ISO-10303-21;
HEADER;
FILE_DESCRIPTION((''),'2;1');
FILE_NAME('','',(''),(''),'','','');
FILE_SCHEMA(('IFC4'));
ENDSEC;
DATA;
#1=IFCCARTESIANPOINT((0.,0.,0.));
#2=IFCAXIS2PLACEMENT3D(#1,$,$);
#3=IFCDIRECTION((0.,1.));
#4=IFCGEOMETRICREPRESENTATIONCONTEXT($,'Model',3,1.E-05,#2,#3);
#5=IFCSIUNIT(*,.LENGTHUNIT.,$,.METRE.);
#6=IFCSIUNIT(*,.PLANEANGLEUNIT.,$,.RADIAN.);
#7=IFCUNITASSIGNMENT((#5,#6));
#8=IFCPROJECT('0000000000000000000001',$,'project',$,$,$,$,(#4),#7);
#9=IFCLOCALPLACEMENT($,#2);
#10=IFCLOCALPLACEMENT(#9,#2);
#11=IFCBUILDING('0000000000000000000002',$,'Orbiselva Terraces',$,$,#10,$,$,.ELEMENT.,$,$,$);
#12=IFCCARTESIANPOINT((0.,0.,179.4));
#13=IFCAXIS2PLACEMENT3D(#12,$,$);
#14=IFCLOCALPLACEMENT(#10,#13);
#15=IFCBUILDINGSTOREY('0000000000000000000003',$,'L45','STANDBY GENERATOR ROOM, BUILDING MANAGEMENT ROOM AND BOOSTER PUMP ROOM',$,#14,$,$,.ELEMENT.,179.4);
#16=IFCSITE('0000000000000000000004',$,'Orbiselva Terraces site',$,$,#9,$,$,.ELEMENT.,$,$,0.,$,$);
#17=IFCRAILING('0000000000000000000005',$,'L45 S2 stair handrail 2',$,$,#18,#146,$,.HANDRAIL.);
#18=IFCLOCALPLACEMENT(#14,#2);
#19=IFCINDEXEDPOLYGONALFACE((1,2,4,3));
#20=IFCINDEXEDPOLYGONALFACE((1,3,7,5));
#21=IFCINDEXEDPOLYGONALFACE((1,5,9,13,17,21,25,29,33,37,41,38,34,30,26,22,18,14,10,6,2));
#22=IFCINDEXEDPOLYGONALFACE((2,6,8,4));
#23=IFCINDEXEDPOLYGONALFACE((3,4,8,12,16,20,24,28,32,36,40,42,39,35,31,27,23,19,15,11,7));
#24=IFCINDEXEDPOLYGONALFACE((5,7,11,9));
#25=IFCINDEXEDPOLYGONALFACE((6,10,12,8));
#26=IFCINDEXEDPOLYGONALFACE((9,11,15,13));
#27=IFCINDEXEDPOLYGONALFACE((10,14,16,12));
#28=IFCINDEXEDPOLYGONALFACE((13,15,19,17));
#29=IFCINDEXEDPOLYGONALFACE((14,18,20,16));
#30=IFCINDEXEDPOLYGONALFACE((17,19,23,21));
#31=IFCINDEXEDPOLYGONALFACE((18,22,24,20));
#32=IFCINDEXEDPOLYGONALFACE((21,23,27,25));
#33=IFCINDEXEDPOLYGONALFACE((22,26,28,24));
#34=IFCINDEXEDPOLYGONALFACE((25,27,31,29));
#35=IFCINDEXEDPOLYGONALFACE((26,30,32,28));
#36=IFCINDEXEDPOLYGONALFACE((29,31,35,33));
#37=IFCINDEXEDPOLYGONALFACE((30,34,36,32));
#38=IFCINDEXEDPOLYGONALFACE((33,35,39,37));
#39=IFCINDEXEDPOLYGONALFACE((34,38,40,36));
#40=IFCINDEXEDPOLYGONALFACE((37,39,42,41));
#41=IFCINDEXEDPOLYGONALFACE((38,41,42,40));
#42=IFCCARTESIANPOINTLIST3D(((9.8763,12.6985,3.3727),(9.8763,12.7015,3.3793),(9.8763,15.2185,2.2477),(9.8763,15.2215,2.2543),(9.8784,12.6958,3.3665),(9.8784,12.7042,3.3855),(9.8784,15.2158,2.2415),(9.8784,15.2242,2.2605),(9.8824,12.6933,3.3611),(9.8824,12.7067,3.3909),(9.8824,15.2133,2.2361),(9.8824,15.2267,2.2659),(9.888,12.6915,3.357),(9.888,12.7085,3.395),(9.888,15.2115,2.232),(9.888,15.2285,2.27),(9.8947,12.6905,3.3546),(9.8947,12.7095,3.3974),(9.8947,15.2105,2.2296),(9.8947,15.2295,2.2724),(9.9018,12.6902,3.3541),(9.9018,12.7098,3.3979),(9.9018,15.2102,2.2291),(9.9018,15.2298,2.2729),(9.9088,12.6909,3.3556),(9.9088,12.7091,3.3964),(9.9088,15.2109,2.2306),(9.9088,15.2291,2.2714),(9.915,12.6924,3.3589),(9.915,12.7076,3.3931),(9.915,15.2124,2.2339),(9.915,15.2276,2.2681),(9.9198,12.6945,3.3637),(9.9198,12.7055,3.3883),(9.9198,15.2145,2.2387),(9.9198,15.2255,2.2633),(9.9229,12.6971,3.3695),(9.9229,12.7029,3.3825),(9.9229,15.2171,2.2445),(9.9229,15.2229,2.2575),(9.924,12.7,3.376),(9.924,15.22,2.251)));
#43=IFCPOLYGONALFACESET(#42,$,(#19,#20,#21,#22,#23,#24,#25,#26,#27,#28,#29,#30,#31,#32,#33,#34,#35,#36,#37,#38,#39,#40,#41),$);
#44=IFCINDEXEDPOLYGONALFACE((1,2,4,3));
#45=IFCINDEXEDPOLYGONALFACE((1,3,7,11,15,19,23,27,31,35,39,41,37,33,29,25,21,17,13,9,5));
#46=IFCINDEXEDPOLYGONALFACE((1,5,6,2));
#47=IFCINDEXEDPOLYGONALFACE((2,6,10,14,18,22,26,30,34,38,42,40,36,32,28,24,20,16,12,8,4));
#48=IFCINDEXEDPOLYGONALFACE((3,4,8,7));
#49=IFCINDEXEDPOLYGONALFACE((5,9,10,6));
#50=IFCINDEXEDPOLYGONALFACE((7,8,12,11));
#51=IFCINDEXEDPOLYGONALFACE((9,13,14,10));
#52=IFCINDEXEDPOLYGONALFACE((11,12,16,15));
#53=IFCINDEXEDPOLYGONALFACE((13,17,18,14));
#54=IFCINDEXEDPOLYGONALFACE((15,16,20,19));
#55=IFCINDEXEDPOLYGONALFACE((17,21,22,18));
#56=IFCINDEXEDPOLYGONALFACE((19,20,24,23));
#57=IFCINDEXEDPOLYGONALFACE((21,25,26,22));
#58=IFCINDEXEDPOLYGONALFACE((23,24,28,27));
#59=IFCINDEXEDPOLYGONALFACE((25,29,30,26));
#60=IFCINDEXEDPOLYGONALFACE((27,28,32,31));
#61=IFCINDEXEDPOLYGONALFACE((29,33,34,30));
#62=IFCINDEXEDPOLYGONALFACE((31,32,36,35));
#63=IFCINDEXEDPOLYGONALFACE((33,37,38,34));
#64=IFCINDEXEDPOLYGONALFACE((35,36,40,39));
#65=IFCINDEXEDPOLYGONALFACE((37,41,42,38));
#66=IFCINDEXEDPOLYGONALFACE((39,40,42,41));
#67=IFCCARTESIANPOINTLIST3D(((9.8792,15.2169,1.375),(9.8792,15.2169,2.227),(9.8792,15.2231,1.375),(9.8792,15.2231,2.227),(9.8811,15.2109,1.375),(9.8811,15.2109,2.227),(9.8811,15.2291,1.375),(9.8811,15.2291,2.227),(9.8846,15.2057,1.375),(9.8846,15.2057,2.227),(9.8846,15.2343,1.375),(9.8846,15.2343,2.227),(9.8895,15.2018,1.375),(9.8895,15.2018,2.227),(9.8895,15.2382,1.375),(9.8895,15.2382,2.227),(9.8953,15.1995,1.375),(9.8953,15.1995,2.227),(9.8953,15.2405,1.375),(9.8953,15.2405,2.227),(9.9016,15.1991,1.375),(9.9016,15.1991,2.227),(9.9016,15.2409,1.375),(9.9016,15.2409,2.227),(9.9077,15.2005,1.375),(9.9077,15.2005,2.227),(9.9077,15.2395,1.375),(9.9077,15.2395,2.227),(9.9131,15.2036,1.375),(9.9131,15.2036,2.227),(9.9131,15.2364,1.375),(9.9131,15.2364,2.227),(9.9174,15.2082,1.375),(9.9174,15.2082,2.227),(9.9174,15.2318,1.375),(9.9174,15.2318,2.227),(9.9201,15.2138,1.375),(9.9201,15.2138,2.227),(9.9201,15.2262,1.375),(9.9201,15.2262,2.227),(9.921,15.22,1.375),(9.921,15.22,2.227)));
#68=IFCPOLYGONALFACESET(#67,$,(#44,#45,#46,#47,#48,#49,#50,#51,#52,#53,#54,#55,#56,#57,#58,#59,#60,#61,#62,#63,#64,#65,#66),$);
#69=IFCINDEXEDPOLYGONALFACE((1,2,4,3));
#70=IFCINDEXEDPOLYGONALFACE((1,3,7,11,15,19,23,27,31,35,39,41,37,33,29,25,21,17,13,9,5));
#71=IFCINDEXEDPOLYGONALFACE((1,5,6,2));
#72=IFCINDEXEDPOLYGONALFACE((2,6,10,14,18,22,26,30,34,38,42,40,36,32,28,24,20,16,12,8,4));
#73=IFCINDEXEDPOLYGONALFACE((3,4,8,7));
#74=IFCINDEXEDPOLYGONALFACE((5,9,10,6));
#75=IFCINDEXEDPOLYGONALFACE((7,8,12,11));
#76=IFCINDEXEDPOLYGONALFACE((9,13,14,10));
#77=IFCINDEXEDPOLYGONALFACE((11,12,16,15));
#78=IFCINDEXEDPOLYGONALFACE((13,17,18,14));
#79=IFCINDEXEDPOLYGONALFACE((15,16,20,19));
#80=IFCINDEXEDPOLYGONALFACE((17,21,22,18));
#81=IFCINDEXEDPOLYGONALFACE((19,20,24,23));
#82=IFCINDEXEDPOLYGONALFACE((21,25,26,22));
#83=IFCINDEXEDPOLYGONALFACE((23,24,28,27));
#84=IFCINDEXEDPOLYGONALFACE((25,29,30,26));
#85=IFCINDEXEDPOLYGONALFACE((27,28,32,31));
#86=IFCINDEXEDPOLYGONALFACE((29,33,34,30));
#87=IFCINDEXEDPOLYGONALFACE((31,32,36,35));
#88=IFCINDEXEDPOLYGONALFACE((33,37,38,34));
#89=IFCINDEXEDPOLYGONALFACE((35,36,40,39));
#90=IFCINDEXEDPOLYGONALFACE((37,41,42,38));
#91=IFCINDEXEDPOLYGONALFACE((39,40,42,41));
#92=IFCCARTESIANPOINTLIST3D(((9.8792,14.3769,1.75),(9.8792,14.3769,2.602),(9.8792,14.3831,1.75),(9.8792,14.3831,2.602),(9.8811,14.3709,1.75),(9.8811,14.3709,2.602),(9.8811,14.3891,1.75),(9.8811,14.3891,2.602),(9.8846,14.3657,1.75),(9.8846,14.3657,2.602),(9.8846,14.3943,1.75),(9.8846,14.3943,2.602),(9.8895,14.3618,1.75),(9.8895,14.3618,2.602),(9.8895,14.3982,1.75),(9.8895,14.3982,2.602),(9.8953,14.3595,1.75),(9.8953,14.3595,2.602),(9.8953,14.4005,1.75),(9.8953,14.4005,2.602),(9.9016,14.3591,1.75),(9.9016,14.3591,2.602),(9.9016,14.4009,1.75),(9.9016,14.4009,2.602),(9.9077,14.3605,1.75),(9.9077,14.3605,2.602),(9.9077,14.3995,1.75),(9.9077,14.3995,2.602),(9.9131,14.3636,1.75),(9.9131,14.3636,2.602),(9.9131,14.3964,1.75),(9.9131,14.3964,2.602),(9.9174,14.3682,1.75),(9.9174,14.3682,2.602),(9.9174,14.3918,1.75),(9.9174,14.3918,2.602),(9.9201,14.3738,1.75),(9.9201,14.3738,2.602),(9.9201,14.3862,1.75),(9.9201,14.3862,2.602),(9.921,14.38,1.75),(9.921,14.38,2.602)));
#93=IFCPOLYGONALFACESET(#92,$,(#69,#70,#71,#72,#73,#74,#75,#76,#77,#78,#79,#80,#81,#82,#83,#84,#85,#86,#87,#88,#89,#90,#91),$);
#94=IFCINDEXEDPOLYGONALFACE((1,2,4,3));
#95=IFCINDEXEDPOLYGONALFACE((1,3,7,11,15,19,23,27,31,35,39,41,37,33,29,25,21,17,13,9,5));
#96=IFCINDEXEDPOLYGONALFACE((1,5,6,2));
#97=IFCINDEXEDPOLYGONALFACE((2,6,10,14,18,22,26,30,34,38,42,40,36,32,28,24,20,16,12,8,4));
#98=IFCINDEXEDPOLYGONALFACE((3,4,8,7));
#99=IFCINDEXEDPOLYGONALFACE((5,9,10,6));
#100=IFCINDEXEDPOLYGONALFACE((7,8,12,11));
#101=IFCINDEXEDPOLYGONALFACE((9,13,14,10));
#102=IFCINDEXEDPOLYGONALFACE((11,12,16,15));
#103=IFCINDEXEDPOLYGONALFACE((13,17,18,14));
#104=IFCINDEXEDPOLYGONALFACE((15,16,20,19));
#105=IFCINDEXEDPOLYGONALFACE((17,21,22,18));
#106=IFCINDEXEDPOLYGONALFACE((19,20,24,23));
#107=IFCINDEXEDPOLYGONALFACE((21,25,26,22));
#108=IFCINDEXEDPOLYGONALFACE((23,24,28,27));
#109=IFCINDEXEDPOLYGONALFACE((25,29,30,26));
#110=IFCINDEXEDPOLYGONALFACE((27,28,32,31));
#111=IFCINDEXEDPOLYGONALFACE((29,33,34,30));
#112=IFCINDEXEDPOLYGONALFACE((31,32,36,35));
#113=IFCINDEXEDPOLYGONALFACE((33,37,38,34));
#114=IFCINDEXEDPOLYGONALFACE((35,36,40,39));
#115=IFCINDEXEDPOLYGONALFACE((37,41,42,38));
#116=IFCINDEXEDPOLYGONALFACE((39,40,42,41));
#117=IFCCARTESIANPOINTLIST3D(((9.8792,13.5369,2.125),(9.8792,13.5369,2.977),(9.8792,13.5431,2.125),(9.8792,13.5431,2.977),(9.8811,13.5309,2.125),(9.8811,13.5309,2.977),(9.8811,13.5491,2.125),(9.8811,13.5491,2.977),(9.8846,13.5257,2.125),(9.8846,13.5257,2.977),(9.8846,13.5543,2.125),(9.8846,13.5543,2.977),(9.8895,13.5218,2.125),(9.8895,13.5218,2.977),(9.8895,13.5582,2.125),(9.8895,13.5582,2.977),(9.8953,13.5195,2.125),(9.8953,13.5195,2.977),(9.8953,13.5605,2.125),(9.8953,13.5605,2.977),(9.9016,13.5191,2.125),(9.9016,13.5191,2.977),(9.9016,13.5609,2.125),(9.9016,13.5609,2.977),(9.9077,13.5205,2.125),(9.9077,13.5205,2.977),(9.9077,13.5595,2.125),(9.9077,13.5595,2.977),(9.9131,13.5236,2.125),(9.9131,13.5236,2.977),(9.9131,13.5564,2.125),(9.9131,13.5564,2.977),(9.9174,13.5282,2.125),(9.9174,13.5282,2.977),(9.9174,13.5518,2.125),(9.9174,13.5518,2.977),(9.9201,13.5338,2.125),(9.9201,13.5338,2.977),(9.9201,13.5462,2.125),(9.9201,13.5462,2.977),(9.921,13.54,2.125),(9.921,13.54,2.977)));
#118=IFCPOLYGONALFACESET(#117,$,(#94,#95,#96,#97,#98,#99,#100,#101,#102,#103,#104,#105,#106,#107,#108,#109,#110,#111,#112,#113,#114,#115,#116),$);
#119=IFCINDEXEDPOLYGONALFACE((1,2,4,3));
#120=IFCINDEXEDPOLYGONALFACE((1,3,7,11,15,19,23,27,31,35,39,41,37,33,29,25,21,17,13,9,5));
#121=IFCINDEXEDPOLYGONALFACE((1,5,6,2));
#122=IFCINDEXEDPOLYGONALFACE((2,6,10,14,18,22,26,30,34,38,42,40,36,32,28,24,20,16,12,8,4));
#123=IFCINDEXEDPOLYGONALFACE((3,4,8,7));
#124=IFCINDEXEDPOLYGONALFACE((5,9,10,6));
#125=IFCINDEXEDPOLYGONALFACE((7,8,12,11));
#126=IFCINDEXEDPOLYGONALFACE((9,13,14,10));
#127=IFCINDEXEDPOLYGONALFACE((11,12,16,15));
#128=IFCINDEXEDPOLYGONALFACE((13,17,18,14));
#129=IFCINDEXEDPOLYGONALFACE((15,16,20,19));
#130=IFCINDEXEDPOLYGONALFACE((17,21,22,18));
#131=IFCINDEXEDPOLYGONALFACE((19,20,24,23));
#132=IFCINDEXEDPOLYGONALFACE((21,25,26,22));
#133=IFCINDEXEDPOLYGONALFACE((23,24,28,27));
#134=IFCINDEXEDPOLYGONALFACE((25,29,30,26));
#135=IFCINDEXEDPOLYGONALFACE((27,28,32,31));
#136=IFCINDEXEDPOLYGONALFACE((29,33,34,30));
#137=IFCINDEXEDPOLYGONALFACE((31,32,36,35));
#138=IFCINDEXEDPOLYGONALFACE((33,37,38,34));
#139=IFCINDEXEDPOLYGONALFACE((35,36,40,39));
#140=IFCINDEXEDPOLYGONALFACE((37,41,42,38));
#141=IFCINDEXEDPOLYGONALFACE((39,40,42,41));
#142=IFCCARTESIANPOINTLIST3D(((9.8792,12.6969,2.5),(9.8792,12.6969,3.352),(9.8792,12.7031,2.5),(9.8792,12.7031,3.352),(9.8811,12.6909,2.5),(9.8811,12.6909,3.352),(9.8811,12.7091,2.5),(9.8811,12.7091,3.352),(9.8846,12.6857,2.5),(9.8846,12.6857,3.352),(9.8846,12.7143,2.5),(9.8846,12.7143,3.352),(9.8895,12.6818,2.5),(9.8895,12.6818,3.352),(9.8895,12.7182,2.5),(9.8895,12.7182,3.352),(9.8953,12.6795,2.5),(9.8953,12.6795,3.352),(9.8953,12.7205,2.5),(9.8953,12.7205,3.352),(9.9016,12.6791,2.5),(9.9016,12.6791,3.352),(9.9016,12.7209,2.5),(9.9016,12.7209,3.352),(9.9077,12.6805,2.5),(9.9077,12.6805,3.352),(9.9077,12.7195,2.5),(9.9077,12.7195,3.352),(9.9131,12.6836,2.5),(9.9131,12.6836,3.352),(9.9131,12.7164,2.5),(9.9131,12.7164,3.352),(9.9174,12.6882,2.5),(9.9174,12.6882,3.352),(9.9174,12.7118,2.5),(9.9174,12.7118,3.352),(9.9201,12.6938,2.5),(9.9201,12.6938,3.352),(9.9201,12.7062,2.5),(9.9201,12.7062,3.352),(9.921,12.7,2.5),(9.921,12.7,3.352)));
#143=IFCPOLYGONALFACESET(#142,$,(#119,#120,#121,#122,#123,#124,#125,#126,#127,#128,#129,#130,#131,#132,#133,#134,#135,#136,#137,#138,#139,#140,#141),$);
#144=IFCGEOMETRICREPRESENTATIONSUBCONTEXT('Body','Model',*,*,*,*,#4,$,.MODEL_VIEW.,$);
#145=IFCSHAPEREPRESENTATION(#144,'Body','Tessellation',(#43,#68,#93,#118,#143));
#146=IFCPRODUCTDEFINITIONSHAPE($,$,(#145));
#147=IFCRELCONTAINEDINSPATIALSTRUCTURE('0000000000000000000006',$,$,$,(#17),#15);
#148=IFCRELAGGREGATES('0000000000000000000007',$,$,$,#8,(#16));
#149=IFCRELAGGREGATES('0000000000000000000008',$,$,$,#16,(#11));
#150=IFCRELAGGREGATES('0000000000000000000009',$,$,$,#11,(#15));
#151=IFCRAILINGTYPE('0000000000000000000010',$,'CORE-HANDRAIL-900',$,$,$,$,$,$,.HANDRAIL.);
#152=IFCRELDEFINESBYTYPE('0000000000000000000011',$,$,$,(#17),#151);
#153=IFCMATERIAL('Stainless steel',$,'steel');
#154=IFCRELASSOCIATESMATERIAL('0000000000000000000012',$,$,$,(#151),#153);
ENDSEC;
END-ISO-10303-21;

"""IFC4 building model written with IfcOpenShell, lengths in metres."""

from ifc_helpers import new_model, si_unit, direction, frame, origin, origin_2d, place, context, subcontext, project, spatial, circle, extrude, material, type_object, element, save


model = new_model("IFC4")

# Units and contexts
model_context = context("Model", 3, precision=1e-05, world=origin(), true_north=direction((0.0, 1.0)))
body_context = subcontext(model_context, "Body", "Model", "MODEL_VIEW")
ifc_project = project(units=[si_unit("LENGTHUNIT", "METRE"), si_unit("PLANEANGLEUNIT", "RADIAN")], contexts=[model_context])

# Site, building, storey
site_placement = place(None, origin())
site = spatial("IfcSite", under=ifc_project, at=site_placement, Name="Orbiselva Terraces site", CompositionType="ELEMENT", RefElevation=0.0)
building_placement = place(site_placement, origin())
building = spatial("IfcBuilding", under=site, at=building_placement, Name="Orbiselva Terraces", CompositionType="ELEMENT")
storey_placement = place(building_placement, frame((0.0, 0.0, 179.4)))
storey = spatial("IfcBuildingStorey", under=building, at=storey_placement, Name="L45", Description="STANDBY GENERATOR ROOM, BUILDING MANAGEMENT ROOM AND BOOSTER PUMP ROOM", CompositionType="ELEMENT", Elevation=179.4)

# Railing
ifc_material_1 = material(Name="Stainless steel", Category="steel")
railing_type = type_object("IfcRailingType", Name="CORE-HANDRAIL-900", PredefinedType="HANDRAIL", material=ifc_material_1)
for number, where, name in (
    (1, (9.9, 15.22, 1.375), "L45 S2 stair handrail 2"),
):
    element("IfcRailing", number, at=place(storey_placement, frame(where)), inside=storey, type_object=railing_type, Name=name, PredefinedType="HANDRAIL", context=body_context, shape_type="SweptSolid", body=[
        extrude(circle(Radius=0.024, at=origin_2d()), frame((0.0, 0.0, 0.876), z_axis=(0.0, -0.913138, 0.407651), x_axis=(1.0, 0.0, 0.0)), (0.0, 0.0, 1.0), 2.7597),
        extrude(circle(Radius=0.021, at=origin_2d()), origin(), (0.0, 0.0, 1.0), 0.852),
        extrude(circle(Radius=0.021, at=origin_2d()), frame((0.0, -0.84, 0.375)), (0.0, 0.0, 1.0), 0.852),
        extrude(circle(Radius=0.021, at=origin_2d()), frame((0.0, -1.68, 0.75)), (0.0, 0.0, 1.0), 0.852),
        extrude(circle(Radius=0.021, at=origin_2d()), frame((0.0, -2.52, 1.125)), (0.0, 0.0, 1.0), 0.852),
    ])

save(model, "model.ifc")
